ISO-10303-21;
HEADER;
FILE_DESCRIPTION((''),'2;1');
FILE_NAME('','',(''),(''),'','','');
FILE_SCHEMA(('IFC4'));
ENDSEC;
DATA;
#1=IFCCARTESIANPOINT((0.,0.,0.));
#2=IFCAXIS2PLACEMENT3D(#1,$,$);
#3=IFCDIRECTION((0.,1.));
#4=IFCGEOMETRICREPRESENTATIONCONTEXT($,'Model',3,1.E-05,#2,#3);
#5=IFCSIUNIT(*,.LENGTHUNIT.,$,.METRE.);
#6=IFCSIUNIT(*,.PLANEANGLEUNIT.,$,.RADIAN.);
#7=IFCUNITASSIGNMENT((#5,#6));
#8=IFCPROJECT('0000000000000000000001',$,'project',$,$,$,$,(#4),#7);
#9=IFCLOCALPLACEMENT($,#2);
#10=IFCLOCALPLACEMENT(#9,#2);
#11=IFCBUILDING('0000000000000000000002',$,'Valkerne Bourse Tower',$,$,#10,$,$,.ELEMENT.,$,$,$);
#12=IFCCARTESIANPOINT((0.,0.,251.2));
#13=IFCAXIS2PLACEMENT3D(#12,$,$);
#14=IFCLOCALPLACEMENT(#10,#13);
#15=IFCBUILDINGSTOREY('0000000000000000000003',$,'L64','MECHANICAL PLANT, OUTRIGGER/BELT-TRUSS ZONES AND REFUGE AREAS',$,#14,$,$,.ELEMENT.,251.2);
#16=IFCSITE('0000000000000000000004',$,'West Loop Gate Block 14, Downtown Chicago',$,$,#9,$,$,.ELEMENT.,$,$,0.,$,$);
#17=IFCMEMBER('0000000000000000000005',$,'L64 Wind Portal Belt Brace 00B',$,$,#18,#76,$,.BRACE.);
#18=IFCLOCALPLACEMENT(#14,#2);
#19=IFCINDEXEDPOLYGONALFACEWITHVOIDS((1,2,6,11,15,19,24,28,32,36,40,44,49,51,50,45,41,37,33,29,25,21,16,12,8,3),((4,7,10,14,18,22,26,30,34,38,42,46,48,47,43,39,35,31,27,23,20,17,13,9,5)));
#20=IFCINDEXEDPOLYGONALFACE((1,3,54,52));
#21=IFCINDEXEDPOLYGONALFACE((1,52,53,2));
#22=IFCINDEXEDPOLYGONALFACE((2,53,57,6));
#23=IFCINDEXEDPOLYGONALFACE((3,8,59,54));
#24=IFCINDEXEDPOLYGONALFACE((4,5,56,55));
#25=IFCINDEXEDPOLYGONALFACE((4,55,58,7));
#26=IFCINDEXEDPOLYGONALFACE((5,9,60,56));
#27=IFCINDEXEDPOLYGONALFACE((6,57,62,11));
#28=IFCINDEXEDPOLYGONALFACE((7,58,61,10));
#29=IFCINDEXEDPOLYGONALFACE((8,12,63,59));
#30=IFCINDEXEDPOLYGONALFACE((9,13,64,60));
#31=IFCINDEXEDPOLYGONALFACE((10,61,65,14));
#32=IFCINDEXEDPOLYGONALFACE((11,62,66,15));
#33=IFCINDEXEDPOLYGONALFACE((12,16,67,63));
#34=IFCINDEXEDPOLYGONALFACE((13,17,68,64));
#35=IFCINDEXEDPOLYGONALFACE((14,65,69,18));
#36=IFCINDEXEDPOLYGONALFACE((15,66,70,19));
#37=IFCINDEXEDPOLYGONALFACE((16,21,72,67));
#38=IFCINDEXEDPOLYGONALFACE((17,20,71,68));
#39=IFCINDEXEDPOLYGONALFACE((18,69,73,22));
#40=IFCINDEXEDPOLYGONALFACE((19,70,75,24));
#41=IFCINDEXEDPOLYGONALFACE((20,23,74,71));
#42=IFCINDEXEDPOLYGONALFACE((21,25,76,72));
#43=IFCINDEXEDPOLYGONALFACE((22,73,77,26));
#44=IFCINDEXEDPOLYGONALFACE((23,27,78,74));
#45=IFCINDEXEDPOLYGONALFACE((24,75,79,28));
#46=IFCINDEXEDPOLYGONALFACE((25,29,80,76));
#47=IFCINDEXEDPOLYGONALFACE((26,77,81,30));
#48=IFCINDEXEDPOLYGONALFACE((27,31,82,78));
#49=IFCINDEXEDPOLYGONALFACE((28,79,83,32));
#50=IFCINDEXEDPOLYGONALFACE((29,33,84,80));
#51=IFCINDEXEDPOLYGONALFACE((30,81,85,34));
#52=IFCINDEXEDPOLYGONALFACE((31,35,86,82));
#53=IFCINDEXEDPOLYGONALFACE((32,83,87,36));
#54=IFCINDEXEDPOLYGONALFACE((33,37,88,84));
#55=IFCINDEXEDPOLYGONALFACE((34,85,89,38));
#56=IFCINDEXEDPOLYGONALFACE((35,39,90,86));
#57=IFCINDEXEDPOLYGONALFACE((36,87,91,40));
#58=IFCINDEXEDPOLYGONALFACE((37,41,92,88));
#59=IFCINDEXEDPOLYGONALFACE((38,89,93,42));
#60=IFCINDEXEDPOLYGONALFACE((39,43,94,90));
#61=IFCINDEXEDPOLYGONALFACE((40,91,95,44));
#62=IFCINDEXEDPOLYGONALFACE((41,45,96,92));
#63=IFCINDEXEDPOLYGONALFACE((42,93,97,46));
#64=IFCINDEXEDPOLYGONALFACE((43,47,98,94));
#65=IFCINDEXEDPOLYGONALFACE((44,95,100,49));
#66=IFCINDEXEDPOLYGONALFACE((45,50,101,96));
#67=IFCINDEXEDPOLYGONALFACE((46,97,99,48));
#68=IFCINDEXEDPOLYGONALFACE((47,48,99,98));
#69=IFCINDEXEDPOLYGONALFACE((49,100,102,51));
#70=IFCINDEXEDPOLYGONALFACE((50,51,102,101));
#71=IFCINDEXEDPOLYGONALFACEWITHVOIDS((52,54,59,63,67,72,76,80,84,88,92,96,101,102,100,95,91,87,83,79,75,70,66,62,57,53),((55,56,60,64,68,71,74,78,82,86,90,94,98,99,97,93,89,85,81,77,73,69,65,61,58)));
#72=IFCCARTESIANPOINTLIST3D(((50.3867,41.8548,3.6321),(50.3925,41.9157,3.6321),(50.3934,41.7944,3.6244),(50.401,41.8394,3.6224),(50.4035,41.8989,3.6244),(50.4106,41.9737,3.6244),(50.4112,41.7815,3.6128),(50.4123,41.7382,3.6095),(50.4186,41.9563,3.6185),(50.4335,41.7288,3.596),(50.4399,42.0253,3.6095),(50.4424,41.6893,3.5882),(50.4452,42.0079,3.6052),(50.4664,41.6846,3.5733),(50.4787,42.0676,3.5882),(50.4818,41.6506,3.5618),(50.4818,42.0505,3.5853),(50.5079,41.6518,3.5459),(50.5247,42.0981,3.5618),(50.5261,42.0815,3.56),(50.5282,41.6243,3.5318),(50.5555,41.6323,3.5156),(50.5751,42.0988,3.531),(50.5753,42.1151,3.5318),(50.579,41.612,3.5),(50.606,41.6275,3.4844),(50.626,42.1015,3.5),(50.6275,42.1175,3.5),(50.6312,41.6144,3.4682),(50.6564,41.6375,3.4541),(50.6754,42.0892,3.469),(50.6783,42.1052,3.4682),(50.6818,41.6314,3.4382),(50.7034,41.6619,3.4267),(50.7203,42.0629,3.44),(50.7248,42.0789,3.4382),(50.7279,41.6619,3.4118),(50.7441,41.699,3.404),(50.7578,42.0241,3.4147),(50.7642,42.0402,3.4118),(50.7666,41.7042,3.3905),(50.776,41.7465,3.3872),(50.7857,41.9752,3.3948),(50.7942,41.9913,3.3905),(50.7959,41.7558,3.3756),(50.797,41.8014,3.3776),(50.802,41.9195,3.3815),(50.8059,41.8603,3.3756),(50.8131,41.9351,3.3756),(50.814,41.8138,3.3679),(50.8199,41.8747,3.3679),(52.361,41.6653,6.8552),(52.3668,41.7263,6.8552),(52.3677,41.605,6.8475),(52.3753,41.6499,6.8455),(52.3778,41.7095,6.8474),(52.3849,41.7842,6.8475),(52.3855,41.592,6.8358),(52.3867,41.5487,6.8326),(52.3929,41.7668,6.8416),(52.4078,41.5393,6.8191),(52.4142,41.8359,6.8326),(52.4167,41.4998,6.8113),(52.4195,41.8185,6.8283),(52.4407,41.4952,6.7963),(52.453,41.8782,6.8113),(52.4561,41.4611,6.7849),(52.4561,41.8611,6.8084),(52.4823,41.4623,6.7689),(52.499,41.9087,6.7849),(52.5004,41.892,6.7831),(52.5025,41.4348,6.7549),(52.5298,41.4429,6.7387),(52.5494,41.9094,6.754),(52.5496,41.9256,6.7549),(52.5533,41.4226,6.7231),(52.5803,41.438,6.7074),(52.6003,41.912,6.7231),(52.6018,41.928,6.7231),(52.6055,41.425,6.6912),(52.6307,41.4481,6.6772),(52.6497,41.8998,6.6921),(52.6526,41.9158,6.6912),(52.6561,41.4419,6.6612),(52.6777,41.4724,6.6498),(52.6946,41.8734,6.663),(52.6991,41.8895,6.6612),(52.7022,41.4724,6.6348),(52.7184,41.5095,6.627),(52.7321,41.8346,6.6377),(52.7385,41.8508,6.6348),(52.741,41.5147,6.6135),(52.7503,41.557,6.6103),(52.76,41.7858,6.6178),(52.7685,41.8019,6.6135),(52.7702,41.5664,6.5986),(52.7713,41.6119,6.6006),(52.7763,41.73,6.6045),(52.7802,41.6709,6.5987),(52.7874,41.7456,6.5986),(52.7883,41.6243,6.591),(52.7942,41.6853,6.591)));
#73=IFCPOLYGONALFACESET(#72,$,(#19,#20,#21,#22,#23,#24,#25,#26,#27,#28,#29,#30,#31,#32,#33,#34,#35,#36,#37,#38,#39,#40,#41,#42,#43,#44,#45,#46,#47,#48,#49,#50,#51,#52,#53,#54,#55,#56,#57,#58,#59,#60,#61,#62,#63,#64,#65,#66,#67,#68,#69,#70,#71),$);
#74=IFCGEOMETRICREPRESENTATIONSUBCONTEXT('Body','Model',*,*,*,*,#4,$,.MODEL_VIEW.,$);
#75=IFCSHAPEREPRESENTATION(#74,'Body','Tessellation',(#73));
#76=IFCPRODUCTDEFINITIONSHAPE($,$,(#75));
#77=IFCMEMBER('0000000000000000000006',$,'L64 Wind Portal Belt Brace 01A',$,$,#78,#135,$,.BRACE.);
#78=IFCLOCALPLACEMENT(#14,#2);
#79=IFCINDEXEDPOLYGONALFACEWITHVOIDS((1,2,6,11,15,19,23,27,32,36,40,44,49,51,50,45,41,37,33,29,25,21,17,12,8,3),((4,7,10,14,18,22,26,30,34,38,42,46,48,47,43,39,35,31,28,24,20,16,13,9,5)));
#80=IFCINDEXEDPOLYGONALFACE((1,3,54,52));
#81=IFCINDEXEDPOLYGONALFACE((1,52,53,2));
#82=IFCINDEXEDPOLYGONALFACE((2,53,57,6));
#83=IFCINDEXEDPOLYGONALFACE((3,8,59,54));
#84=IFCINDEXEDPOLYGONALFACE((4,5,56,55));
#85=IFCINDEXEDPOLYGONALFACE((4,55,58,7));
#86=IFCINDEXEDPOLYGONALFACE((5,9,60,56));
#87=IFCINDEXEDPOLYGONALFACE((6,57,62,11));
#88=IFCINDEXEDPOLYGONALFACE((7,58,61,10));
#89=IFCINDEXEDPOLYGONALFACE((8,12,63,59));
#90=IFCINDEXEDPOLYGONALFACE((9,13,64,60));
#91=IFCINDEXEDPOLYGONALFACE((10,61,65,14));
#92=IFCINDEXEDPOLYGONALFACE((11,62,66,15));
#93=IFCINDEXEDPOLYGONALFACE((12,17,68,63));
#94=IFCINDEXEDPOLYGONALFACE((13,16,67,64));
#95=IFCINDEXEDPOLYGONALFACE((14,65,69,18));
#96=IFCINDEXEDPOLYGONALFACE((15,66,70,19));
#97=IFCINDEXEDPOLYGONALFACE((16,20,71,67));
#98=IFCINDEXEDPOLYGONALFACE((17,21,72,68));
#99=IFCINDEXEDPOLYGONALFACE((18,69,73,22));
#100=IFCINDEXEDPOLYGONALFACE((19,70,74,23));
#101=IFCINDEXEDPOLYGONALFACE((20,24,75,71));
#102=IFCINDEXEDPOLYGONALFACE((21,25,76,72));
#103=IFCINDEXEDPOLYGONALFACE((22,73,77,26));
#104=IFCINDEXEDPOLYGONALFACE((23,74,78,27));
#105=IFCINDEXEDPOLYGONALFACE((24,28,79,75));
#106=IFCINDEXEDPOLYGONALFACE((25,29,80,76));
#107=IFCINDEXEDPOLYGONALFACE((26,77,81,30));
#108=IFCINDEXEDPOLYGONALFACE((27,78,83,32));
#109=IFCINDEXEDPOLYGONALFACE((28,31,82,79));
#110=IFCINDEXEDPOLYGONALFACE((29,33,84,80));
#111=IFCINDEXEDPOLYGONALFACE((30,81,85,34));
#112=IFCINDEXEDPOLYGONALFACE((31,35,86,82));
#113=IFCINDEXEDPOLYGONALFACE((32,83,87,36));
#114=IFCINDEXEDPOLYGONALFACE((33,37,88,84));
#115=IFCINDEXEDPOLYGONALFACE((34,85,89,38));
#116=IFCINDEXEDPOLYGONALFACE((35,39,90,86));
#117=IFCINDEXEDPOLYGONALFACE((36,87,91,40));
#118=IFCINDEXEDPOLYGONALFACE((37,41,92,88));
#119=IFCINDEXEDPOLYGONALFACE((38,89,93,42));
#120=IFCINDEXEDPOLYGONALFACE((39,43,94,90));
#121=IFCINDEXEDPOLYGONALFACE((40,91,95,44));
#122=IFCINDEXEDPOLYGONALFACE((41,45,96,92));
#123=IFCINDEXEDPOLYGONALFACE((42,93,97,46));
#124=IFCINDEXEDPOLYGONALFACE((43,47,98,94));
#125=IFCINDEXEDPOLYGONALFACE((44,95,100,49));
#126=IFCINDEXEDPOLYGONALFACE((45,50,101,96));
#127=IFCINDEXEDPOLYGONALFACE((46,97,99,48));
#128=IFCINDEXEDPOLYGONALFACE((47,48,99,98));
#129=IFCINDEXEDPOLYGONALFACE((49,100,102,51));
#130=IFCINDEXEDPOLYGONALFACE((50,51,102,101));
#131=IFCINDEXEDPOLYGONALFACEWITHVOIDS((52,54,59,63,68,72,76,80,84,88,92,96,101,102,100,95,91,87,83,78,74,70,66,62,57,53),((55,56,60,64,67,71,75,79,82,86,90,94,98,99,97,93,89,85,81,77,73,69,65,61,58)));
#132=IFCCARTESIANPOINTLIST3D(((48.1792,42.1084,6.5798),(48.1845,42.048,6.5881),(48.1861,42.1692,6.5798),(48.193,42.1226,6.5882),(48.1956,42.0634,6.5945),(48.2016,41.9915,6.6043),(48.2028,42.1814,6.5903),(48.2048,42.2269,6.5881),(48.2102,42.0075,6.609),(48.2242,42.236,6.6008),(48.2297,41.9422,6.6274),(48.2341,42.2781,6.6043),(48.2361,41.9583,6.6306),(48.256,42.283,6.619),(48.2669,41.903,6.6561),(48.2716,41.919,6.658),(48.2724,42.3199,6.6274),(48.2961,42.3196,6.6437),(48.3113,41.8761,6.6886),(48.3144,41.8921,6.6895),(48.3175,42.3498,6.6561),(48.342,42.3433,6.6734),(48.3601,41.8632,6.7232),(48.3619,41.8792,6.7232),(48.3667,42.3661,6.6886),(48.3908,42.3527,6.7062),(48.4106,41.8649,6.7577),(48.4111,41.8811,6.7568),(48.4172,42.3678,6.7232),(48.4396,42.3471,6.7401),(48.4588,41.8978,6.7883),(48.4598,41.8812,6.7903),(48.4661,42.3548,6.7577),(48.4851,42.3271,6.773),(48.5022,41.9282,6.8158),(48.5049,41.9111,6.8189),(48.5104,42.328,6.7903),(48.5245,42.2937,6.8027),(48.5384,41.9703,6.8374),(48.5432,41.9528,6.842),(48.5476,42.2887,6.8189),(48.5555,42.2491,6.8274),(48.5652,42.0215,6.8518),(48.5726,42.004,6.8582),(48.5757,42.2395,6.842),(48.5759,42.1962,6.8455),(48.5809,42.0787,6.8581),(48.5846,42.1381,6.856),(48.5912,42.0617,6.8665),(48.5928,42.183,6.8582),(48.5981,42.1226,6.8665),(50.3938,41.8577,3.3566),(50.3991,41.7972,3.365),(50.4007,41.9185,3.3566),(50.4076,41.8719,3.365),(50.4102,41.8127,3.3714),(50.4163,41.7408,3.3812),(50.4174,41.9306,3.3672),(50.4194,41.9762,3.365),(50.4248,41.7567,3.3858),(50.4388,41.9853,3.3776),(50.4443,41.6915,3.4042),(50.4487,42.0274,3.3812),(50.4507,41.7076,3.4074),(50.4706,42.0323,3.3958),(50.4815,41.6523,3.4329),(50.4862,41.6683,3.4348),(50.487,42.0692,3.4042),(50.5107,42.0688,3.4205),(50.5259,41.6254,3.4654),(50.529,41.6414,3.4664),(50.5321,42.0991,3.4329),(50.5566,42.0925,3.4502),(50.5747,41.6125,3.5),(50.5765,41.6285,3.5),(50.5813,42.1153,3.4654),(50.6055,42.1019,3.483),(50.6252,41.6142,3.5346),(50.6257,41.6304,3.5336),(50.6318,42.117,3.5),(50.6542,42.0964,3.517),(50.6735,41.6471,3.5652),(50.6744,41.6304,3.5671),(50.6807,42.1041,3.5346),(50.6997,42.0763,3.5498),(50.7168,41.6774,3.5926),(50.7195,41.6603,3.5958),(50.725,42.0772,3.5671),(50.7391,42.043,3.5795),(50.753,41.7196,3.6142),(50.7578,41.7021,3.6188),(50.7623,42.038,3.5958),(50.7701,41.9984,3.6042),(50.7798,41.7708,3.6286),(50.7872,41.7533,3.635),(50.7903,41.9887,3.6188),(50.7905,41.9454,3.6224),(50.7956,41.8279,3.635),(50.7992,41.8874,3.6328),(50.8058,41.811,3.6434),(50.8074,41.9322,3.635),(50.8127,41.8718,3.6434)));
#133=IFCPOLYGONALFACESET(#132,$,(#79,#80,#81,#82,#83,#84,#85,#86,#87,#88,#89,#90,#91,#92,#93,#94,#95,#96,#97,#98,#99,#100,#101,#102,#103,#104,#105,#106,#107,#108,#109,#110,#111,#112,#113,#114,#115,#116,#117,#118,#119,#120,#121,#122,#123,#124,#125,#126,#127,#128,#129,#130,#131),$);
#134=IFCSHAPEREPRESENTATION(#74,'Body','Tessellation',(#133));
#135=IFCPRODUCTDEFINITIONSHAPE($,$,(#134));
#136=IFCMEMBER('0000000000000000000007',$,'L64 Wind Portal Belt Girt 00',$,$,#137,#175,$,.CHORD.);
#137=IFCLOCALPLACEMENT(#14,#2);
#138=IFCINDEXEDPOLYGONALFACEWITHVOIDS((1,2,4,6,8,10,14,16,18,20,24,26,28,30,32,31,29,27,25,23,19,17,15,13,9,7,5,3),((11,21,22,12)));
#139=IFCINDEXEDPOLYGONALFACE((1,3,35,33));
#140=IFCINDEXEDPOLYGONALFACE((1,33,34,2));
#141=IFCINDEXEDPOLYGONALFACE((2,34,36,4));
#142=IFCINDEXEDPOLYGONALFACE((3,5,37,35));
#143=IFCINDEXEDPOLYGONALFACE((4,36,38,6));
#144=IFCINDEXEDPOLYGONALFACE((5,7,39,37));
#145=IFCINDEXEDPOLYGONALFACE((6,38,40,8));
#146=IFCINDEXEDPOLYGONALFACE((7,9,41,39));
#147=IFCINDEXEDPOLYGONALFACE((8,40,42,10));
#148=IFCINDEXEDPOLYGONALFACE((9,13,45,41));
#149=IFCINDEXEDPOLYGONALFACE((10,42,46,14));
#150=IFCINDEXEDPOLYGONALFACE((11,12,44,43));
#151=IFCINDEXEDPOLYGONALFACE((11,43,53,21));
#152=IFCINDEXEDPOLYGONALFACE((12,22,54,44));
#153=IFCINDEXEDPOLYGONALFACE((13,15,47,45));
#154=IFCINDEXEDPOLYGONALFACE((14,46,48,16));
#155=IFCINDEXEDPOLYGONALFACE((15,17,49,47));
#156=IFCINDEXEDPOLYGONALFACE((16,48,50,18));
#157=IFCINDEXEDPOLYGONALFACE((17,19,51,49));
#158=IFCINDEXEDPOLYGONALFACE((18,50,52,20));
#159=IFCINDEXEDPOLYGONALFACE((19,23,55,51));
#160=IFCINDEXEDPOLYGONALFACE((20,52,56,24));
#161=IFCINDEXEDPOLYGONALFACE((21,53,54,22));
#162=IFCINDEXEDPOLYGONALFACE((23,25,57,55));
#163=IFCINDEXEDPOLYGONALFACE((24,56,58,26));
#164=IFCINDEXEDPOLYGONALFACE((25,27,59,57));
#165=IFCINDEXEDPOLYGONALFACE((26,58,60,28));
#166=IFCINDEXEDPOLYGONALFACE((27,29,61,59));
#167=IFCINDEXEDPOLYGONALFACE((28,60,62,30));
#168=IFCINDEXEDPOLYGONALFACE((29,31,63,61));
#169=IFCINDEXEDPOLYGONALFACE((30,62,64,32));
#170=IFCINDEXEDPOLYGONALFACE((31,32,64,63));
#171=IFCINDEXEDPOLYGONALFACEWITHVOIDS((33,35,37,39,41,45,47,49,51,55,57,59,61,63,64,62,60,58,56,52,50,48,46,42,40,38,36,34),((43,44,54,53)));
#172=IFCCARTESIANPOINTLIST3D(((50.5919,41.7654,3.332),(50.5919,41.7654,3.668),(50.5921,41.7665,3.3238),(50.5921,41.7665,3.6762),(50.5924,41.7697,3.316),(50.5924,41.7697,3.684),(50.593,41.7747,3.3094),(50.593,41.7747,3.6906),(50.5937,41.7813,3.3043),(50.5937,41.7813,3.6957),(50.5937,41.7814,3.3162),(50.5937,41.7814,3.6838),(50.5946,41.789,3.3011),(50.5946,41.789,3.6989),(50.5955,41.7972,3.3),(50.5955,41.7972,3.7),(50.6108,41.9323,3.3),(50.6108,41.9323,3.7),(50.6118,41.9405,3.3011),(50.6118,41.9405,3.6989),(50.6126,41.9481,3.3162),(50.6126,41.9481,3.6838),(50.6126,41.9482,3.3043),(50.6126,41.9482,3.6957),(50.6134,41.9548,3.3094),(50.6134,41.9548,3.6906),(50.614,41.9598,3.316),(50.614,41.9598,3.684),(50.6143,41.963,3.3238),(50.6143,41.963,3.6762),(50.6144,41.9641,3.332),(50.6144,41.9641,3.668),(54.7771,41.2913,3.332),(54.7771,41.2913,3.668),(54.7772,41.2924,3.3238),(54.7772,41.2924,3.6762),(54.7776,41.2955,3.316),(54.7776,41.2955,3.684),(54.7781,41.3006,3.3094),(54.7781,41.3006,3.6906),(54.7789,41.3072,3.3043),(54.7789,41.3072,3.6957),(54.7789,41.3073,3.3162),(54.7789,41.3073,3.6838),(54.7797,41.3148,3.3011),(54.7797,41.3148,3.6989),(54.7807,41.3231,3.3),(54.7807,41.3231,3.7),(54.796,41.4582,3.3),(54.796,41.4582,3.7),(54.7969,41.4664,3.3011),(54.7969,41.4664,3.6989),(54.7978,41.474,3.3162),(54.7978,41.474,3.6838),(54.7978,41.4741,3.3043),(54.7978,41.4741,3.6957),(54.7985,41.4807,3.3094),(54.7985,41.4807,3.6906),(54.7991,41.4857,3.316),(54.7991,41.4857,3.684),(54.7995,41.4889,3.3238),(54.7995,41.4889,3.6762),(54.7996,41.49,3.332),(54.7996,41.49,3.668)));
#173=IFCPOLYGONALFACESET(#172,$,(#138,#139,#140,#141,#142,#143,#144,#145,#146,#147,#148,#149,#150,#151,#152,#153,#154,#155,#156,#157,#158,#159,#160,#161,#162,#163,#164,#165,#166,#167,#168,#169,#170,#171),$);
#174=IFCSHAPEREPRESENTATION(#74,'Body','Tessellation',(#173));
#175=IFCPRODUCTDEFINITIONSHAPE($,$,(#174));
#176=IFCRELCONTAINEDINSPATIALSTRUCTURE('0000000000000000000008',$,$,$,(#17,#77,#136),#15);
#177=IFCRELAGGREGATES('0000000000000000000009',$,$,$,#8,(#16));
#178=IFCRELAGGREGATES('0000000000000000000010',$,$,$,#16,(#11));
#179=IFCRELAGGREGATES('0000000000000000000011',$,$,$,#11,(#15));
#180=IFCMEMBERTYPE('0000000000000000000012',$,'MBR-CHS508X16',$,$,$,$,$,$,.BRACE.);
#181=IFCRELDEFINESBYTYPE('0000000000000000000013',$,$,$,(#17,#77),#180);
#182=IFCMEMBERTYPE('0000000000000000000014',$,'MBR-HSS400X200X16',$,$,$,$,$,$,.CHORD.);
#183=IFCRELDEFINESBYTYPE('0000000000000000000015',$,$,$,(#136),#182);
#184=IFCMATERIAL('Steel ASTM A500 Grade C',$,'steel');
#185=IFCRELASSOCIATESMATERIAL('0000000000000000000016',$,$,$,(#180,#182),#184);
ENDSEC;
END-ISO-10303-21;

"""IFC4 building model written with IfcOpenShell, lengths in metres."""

from ifc_helpers import new_model, si_unit, direction, frame, origin, origin_2d, place, context, subcontext, project, spatial, hollow_rectangle, hollow_circle, extrude, material, material_profile, profile_set, type_object, element, save


model = new_model("IFC4")

# Units and contexts
model_context = context("Model", 3, precision=1e-05, world=origin(), true_north=direction((0.0, 1.0)))
body_context = subcontext(model_context, "Body", "Model", "MODEL_VIEW")
ifc_project = project(units=[si_unit("LENGTHUNIT", "METRE"), si_unit("PLANEANGLEUNIT", "RADIAN")], contexts=[model_context])

# Site, building, storey
site_placement = place(None, origin())
site = spatial("IfcSite", under=ifc_project, at=site_placement, Name="West Loop Gate Block 14, Downtown Chicago", CompositionType="ELEMENT", RefElevation=0.0)
building_placement = place(site_placement, origin())
building = spatial("IfcBuilding", under=site, at=building_placement, Name="Valkerne Bourse Tower", CompositionType="ELEMENT")
storey_placement = place(building_placement, frame((0.0, 0.0, 251.2)))
storey = spatial("IfcBuildingStorey", under=building, at=storey_placement, Name="L64", Description="MECHANICAL PLANT, OUTRIGGER/BELT-TRUSS ZONES AND REFUGE AREAS", CompositionType="ELEMENT", Elevation=251.2)

# Members
ifc_material_1 = material(Name="Steel ASTM A500 Grade C", Category="steel")
ifc_material_profile_1 = material_profile(ifc_material_1, hollow_circle(Radius=0.2539, WallThickness=0.0161, at=origin_2d()), Name="CHS508X16")
ifc_profile_set_1 = profile_set([ifc_material_profile_1], Name="Steel ASTM A500 Grade C")
member_type_1 = type_object("IfcMemberType", Name="MBR-CHS508X16", PredefinedType="BRACE", material=ifc_profile_set_1)
member_1_placement = place(storey_placement, frame((50.6033, 41.8647, 3.5), z_axis=(0.521694, -0.05006, 0.851663), x_axis=(0.095518, 0.995428, 0.0)))
element("IfcMember", 1, at=member_1_placement, inside=storey, type_object=member_type_1, Name="L64 Wind Portal Belt Brace 00B", PredefinedType="BRACE", context=body_context, shape_type="SweptSolid", body=[
    extrude(hollow_circle(Radius=0.2539, WallThickness=0.0161, at=origin_2d()), origin(), (0.0, 0.0, 1.0), 3.7844),
])
member_2_placement = place(storey_placement, frame((50.6033, 41.8647, 3.5), z_axis=(-0.565141, 0.063984, 0.82251), x_axis=(-0.112499, -0.993652, 0.0)))
element("IfcMember", 2, at=member_2_placement, inside=storey, type_object=member_type_1, Name="L64 Wind Portal Belt Brace 01A", PredefinedType="BRACE", context=body_context, shape_type="SweptSolid", body=[
    extrude(hollow_circle(Radius=0.2539, WallThickness=0.0161, at=origin_2d()), origin(), (0.0, 0.0, 1.0), 3.9187),
])
ifc_material_profile_2 = material_profile(ifc_material_1, hollow_rectangle(XDim=0.2, YDim=0.3999, WallThickness=0.0161, OuterFilletRadius=0.032, at=origin_2d()), Name="HSS400X200X16")
ifc_profile_set_2 = profile_set([ifc_material_profile_2], Name="Steel ASTM A500 Grade C")
member_type_2 = type_object("IfcMemberType", Name="MBR-HSS400X200X16", PredefinedType="CHORD", material=ifc_profile_set_2)
member_3_placement = place(storey_placement, frame((54.7883, 41.3906, 3.5), z_axis=(-0.993644, 0.112569, 0.0), x_axis=(-0.112569, -0.993644, 0.0)))
element("IfcMember", 3, at=member_3_placement, inside=storey, type_object=member_type_2, Name="L64 Wind Portal Belt Girt 00", PredefinedType="CHORD", context=body_context, shape_type="SweptSolid", body=[
    extrude(hollow_rectangle(XDim=0.2, YDim=0.3999, WallThickness=0.0161, OuterFilletRadius=0.032, at=origin_2d()), origin(), (0.0, 0.0, 1.0), 4.2119),
])

save(model, "model.ifc")
